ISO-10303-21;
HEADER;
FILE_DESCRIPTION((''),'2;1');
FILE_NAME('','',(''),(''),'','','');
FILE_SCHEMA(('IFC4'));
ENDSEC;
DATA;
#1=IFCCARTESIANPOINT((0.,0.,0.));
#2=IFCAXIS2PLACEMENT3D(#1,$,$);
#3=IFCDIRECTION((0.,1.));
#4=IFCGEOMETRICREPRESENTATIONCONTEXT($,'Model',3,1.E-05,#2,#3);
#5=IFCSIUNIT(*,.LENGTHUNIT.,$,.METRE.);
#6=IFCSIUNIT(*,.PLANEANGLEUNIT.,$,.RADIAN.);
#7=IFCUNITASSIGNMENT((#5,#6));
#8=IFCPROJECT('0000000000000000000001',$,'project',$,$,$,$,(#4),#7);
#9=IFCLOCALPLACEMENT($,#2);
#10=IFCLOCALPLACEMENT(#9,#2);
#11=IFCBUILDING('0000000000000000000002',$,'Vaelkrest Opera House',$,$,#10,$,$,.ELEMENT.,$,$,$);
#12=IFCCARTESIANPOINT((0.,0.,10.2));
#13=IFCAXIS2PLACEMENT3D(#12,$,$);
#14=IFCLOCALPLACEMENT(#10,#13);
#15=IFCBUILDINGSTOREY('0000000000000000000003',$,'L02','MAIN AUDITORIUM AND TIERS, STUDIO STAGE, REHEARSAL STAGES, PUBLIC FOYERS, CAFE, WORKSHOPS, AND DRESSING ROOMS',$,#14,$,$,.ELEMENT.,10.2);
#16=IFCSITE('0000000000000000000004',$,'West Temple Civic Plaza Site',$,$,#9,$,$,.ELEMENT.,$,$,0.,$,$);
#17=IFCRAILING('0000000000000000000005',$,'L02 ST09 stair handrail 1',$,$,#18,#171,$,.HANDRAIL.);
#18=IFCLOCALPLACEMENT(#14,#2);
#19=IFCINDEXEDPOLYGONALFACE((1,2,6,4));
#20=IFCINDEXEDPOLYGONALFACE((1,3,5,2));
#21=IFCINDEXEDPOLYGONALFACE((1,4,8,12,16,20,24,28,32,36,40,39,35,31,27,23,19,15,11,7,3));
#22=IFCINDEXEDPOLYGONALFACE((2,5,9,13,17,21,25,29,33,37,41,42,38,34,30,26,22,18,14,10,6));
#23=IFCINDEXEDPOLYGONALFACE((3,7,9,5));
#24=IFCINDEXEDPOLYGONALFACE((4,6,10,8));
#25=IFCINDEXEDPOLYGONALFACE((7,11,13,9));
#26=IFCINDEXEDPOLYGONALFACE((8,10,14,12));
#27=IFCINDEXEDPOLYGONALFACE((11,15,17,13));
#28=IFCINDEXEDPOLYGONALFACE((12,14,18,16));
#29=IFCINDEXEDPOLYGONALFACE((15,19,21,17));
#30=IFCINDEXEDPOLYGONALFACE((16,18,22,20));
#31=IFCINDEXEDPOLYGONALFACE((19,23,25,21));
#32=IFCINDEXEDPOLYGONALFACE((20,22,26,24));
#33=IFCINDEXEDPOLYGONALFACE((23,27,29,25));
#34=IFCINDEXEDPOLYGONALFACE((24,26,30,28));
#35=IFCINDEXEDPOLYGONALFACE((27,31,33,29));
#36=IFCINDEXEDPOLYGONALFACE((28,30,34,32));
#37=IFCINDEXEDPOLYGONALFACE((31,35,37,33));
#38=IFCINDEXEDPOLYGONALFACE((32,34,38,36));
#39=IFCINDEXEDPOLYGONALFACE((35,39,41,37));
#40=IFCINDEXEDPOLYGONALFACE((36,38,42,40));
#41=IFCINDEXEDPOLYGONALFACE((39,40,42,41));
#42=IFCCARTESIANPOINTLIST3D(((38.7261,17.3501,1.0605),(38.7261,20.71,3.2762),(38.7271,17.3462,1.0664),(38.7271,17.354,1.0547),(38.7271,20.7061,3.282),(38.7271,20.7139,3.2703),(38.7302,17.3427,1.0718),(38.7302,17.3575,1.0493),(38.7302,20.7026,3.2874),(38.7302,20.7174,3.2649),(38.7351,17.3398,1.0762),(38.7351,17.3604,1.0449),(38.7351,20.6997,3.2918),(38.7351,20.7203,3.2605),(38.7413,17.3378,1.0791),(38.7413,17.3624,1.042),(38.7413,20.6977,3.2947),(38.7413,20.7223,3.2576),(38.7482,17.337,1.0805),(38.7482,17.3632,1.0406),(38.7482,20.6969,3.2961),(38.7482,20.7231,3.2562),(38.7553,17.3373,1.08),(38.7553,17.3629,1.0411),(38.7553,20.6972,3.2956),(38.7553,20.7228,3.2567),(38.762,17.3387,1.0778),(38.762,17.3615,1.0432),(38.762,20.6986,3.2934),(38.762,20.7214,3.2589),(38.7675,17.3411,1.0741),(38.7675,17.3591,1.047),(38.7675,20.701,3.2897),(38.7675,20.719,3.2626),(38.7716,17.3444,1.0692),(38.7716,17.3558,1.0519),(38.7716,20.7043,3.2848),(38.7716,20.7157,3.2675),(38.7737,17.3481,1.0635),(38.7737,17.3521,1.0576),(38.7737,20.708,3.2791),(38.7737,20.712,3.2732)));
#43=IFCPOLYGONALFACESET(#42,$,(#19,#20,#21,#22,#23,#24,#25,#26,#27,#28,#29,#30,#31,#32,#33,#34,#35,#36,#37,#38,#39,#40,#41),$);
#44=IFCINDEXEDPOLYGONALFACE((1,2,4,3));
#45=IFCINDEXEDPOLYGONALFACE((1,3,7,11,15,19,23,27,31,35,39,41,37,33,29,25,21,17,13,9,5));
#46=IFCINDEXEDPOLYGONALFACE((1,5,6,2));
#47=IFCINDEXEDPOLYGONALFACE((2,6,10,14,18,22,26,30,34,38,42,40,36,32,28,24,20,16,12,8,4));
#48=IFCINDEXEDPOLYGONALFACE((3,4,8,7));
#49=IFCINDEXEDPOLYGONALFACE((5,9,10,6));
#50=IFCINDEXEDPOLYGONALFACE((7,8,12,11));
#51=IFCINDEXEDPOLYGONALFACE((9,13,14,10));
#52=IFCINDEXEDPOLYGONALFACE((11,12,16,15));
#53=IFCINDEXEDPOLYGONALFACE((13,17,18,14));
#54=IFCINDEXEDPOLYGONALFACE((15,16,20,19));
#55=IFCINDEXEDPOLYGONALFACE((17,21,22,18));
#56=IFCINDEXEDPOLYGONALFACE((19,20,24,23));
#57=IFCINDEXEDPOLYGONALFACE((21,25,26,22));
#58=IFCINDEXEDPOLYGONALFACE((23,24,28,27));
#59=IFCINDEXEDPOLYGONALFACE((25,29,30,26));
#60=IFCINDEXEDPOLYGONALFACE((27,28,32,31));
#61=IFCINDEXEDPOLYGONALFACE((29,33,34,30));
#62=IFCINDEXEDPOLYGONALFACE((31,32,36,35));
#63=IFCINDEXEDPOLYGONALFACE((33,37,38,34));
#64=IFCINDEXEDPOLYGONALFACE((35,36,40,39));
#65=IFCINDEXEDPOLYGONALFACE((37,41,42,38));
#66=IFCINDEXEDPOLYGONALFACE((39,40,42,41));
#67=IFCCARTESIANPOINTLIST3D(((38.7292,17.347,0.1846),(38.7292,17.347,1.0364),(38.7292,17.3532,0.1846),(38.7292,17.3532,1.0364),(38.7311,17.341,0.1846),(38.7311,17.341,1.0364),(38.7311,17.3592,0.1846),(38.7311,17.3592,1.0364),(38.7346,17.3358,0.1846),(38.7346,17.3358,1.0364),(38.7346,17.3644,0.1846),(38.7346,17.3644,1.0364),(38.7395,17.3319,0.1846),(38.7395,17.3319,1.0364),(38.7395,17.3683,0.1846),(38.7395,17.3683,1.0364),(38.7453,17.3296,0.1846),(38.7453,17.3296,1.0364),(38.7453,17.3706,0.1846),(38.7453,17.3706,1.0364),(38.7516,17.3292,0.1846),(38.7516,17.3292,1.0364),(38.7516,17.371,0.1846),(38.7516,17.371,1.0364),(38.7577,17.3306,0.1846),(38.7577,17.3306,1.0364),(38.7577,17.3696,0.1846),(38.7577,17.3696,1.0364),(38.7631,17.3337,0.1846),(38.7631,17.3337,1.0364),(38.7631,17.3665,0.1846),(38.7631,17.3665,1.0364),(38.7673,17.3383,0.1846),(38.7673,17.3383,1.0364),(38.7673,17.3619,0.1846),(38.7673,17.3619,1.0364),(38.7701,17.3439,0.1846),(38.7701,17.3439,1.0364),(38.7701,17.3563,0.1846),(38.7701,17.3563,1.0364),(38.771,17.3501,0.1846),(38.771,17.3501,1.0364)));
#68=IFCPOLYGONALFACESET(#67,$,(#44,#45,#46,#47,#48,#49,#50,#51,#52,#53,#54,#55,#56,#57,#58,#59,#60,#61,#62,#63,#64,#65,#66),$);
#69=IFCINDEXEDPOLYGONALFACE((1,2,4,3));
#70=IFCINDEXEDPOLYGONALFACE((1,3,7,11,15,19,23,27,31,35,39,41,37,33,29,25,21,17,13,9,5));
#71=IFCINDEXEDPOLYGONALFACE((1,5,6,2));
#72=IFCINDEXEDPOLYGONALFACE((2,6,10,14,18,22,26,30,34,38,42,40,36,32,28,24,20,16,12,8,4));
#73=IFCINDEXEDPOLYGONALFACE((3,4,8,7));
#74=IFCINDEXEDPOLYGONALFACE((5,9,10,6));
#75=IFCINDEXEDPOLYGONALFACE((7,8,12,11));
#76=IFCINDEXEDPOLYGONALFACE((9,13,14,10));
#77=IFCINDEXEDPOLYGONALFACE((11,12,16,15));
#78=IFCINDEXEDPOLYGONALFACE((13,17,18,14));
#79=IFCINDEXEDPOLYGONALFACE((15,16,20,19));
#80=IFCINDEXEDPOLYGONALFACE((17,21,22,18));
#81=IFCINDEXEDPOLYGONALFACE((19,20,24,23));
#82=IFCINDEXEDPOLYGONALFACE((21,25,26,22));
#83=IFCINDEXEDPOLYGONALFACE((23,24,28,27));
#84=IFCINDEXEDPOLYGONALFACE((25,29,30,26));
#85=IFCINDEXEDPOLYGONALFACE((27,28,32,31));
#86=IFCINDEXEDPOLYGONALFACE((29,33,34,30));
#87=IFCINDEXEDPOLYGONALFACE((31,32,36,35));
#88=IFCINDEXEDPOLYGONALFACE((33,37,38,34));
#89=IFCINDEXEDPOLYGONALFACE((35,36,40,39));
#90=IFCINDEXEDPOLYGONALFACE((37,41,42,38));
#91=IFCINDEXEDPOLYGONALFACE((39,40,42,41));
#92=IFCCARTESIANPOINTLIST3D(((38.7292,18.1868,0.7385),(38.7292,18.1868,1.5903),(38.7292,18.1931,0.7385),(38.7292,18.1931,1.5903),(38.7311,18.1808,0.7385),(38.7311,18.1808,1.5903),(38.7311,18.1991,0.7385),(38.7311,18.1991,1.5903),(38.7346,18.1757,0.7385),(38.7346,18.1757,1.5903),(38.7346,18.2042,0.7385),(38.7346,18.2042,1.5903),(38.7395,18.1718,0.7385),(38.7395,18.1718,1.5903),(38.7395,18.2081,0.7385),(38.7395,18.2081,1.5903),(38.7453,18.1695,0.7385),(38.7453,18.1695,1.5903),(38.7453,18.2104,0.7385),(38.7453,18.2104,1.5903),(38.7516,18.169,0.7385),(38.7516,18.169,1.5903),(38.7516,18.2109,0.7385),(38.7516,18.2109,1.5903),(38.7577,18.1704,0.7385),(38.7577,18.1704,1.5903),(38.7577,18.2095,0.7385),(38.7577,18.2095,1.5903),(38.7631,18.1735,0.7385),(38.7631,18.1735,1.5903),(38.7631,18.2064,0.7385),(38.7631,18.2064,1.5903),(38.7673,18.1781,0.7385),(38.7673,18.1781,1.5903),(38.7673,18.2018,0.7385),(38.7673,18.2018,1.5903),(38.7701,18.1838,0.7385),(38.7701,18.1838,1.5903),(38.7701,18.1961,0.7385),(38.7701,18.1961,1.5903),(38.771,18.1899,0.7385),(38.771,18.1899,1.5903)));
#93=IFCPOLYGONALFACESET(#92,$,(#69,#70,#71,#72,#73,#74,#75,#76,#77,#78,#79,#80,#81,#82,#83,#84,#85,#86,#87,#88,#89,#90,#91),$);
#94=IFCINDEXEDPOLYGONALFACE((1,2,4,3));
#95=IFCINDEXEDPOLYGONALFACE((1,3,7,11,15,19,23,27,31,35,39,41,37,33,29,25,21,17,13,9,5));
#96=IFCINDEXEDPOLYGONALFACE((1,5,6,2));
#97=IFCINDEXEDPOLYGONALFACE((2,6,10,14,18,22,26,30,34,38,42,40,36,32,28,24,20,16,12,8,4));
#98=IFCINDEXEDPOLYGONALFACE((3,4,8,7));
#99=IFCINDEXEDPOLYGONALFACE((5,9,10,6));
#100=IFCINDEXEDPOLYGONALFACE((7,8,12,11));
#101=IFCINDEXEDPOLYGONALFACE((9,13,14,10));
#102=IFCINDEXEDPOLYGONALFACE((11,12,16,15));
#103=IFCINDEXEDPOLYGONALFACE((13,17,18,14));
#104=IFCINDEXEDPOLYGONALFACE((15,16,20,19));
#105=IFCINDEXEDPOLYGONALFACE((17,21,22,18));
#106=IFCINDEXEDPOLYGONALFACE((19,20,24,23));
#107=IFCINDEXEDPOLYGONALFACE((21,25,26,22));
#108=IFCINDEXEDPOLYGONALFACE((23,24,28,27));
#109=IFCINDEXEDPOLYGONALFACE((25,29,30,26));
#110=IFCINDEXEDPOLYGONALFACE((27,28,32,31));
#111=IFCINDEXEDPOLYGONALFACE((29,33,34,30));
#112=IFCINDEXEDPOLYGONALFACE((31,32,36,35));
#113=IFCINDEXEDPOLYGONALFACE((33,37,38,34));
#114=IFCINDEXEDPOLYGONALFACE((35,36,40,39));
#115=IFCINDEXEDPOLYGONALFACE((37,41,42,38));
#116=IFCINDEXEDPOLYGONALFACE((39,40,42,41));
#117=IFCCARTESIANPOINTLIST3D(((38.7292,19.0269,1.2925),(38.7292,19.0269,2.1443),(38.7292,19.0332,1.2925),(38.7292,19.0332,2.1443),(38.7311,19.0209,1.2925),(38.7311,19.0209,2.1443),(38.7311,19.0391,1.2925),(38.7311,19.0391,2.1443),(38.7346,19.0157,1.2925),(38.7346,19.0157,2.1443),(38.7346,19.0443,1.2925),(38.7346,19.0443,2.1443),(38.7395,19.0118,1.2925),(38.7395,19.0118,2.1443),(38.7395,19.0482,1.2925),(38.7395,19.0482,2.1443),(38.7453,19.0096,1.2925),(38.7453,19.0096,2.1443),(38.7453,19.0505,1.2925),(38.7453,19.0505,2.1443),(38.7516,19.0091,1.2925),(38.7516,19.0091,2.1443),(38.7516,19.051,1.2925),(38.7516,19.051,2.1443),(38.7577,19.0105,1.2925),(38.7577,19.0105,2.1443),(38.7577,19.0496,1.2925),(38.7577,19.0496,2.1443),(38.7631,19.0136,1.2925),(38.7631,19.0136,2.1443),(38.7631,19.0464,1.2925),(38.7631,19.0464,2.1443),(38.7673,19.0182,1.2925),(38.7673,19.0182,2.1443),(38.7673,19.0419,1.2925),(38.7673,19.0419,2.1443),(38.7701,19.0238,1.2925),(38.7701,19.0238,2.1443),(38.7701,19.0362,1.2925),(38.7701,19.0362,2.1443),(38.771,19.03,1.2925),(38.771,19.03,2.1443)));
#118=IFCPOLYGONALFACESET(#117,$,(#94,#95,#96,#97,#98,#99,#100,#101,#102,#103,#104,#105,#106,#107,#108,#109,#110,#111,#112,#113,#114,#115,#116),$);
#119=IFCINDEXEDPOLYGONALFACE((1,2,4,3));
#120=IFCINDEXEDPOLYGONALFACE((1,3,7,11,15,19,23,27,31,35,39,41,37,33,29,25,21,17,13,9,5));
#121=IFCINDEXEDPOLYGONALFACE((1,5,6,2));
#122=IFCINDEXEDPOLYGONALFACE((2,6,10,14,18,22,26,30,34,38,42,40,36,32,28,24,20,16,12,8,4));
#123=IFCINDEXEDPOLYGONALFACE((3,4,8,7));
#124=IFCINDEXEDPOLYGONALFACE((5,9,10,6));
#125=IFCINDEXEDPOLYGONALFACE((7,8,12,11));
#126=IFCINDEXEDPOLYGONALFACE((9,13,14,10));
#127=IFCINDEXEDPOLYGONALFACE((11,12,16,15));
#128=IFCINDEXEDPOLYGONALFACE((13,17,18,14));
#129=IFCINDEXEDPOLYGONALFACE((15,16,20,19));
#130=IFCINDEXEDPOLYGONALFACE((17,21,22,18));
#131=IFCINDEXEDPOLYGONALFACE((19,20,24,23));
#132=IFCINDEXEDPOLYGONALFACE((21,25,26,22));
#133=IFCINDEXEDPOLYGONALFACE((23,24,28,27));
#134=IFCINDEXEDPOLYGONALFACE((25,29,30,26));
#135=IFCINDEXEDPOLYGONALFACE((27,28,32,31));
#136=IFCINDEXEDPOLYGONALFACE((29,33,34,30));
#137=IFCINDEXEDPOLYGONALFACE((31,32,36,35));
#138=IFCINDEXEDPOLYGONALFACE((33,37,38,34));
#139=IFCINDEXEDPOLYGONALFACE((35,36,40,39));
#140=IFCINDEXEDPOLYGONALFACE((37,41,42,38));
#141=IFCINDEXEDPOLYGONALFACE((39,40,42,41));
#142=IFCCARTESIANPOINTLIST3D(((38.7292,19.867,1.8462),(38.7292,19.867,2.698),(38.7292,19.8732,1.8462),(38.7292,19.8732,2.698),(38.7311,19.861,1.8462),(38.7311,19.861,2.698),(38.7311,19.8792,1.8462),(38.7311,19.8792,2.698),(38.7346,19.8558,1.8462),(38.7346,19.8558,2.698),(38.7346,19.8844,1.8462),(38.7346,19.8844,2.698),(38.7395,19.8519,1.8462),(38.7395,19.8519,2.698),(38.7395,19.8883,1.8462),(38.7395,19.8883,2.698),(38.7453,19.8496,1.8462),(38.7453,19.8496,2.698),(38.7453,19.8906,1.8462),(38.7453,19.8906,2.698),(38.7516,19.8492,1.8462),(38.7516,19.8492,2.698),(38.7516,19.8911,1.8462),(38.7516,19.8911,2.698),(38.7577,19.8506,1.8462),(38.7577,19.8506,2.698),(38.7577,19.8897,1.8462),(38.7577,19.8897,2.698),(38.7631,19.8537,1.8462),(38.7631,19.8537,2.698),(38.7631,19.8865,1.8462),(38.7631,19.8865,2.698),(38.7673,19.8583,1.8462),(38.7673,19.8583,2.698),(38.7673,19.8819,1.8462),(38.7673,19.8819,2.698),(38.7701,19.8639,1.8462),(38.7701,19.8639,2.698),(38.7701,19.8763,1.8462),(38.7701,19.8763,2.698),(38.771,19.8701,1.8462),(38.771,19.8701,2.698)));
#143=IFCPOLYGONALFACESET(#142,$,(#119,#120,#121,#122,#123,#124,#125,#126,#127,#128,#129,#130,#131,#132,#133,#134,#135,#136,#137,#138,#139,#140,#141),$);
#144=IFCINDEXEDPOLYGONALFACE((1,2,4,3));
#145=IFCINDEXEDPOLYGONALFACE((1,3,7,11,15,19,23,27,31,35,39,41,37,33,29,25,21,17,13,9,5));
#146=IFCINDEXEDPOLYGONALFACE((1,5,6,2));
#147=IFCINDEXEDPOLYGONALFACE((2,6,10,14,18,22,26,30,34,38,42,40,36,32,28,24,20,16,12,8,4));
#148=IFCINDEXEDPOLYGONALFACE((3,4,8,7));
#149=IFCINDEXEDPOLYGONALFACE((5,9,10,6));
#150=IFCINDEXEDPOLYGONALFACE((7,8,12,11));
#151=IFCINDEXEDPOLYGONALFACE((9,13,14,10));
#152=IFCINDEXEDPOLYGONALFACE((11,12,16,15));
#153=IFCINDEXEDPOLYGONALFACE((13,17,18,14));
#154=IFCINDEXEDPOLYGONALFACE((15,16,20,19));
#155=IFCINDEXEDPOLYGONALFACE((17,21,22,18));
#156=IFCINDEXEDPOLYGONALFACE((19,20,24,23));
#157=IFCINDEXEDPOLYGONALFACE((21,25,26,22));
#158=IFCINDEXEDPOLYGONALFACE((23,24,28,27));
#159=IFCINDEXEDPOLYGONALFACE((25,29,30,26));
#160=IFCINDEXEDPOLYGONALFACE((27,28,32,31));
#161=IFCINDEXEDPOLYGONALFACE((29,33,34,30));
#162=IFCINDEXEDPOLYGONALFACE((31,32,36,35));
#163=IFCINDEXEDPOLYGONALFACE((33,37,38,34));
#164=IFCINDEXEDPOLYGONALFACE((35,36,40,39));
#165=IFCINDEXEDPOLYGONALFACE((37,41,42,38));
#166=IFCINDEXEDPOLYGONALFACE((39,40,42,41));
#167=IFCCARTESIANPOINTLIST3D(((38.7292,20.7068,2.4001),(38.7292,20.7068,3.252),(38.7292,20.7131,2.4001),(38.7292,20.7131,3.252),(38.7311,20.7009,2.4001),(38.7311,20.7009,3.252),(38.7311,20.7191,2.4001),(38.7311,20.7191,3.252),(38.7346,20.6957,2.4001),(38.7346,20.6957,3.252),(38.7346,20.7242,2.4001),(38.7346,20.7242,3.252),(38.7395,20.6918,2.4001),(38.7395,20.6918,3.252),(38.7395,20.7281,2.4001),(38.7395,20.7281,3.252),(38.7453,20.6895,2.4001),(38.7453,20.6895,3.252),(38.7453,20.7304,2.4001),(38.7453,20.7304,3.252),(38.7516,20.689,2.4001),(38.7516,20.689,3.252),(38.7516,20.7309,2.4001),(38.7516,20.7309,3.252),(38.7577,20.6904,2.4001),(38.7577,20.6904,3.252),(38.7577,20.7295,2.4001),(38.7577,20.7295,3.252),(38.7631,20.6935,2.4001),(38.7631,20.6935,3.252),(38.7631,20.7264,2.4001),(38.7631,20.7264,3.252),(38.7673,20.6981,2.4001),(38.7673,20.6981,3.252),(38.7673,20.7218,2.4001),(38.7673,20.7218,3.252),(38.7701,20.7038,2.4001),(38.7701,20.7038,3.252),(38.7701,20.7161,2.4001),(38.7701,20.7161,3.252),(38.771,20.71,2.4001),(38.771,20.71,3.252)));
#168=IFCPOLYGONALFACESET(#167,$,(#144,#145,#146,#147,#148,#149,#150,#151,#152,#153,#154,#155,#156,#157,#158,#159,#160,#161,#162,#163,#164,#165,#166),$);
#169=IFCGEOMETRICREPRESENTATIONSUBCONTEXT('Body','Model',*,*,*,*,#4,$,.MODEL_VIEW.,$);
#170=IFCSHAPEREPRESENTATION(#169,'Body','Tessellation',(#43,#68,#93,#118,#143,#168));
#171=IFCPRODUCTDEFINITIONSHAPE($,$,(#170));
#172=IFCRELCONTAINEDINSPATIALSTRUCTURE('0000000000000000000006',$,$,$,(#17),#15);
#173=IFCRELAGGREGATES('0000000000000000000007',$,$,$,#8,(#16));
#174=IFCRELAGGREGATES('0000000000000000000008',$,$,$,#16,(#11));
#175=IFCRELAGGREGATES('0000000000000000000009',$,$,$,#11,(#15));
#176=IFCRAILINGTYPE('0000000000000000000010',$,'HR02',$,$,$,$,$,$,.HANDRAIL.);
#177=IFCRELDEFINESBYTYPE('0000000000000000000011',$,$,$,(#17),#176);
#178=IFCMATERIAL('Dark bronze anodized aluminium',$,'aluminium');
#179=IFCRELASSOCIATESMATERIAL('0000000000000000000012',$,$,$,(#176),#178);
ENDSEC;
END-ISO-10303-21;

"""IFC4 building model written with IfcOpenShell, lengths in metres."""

from ifc_helpers import new_model, si_unit, direction, frame, origin, origin_2d, place, context, subcontext, project, spatial, circle, extrude, material, type_object, element, save


model = new_model("IFC4")

# Units and contexts
model_context = context("Model", 3, precision=1e-05, world=origin(), true_north=direction((0.0, 1.0)))
body_context = subcontext(model_context, "Body", "Model", "MODEL_VIEW")
ifc_project = project(units=[si_unit("LENGTHUNIT", "METRE"), si_unit("PLANEANGLEUNIT", "RADIAN")], contexts=[model_context])

# Site, building, storey
site_placement = place(None, origin())
site = spatial("IfcSite", under=ifc_project, at=site_placement, Name="West Temple Civic Plaza Site", CompositionType="ELEMENT", RefElevation=0.0)
building_placement = place(site_placement, origin())
building = spatial("IfcBuilding", under=site, at=building_placement, Name="Vaelkrest Opera House", CompositionType="ELEMENT")
storey_placement = place(building_placement, frame((0.0, 0.0, 10.2)))
storey = spatial("IfcBuildingStorey", under=building, at=storey_placement, Name="L02", Description="MAIN AUDITORIUM AND TIERS, STUDIO STAGE, REHEARSAL STAGES, PUBLIC FOYERS, CAFE, WORKSHOPS, AND DRESSING ROOMS", CompositionType="ELEMENT", Elevation=10.2)

# Shared definitions
ifc_material_1 = material(Name="Dark bronze anodized aluminium", Category="aluminium")

# Railing
railing_type_1 = type_object("IfcRailingType", Name="HR02", PredefinedType="HANDRAIL", material=ifc_material_1)
railing_1_placement = place(storey_placement, frame((38.75, 17.3501, 0.1846)))
element("IfcRailing", 1, at=railing_1_placement, inside=storey, type_object=railing_type_1, Name="L02 ST09 stair handrail 1", PredefinedType="HANDRAIL", context=body_context, shape_type="SweptSolid", body=[
    extrude(circle(Radius=0.0239, at=origin_2d()), frame((0.0, 0.0, 0.876), z_axis=(0.0, 0.83483, 0.550508), x_axis=(-1.0, 0.0, 0.0)), (0.0, 0.0, 1.0), 4.0247),
    extrude(circle(Radius=0.021, at=origin_2d()), origin(), (0.0, 0.0, 1.0), 0.8518),
    extrude(circle(Radius=0.021, at=origin_2d()), frame((0.0, 0.8398, 0.554)), (0.0, 0.0, 1.0), 0.8518),
    extrude(circle(Radius=0.021, at=origin_2d()), frame((0.0, 1.6799, 1.1079)), (0.0, 0.0, 1.0), 0.8518),
    extrude(circle(Radius=0.021, at=origin_2d()), frame((0.0, 2.52, 1.6616)), (0.0, 0.0, 1.0), 0.8518),
    extrude(circle(Radius=0.021, at=origin_2d()), frame((0.0, 3.3599, 2.2156)), (0.0, 0.0, 1.0), 0.8518),
])

save(model, "model.ifc")
